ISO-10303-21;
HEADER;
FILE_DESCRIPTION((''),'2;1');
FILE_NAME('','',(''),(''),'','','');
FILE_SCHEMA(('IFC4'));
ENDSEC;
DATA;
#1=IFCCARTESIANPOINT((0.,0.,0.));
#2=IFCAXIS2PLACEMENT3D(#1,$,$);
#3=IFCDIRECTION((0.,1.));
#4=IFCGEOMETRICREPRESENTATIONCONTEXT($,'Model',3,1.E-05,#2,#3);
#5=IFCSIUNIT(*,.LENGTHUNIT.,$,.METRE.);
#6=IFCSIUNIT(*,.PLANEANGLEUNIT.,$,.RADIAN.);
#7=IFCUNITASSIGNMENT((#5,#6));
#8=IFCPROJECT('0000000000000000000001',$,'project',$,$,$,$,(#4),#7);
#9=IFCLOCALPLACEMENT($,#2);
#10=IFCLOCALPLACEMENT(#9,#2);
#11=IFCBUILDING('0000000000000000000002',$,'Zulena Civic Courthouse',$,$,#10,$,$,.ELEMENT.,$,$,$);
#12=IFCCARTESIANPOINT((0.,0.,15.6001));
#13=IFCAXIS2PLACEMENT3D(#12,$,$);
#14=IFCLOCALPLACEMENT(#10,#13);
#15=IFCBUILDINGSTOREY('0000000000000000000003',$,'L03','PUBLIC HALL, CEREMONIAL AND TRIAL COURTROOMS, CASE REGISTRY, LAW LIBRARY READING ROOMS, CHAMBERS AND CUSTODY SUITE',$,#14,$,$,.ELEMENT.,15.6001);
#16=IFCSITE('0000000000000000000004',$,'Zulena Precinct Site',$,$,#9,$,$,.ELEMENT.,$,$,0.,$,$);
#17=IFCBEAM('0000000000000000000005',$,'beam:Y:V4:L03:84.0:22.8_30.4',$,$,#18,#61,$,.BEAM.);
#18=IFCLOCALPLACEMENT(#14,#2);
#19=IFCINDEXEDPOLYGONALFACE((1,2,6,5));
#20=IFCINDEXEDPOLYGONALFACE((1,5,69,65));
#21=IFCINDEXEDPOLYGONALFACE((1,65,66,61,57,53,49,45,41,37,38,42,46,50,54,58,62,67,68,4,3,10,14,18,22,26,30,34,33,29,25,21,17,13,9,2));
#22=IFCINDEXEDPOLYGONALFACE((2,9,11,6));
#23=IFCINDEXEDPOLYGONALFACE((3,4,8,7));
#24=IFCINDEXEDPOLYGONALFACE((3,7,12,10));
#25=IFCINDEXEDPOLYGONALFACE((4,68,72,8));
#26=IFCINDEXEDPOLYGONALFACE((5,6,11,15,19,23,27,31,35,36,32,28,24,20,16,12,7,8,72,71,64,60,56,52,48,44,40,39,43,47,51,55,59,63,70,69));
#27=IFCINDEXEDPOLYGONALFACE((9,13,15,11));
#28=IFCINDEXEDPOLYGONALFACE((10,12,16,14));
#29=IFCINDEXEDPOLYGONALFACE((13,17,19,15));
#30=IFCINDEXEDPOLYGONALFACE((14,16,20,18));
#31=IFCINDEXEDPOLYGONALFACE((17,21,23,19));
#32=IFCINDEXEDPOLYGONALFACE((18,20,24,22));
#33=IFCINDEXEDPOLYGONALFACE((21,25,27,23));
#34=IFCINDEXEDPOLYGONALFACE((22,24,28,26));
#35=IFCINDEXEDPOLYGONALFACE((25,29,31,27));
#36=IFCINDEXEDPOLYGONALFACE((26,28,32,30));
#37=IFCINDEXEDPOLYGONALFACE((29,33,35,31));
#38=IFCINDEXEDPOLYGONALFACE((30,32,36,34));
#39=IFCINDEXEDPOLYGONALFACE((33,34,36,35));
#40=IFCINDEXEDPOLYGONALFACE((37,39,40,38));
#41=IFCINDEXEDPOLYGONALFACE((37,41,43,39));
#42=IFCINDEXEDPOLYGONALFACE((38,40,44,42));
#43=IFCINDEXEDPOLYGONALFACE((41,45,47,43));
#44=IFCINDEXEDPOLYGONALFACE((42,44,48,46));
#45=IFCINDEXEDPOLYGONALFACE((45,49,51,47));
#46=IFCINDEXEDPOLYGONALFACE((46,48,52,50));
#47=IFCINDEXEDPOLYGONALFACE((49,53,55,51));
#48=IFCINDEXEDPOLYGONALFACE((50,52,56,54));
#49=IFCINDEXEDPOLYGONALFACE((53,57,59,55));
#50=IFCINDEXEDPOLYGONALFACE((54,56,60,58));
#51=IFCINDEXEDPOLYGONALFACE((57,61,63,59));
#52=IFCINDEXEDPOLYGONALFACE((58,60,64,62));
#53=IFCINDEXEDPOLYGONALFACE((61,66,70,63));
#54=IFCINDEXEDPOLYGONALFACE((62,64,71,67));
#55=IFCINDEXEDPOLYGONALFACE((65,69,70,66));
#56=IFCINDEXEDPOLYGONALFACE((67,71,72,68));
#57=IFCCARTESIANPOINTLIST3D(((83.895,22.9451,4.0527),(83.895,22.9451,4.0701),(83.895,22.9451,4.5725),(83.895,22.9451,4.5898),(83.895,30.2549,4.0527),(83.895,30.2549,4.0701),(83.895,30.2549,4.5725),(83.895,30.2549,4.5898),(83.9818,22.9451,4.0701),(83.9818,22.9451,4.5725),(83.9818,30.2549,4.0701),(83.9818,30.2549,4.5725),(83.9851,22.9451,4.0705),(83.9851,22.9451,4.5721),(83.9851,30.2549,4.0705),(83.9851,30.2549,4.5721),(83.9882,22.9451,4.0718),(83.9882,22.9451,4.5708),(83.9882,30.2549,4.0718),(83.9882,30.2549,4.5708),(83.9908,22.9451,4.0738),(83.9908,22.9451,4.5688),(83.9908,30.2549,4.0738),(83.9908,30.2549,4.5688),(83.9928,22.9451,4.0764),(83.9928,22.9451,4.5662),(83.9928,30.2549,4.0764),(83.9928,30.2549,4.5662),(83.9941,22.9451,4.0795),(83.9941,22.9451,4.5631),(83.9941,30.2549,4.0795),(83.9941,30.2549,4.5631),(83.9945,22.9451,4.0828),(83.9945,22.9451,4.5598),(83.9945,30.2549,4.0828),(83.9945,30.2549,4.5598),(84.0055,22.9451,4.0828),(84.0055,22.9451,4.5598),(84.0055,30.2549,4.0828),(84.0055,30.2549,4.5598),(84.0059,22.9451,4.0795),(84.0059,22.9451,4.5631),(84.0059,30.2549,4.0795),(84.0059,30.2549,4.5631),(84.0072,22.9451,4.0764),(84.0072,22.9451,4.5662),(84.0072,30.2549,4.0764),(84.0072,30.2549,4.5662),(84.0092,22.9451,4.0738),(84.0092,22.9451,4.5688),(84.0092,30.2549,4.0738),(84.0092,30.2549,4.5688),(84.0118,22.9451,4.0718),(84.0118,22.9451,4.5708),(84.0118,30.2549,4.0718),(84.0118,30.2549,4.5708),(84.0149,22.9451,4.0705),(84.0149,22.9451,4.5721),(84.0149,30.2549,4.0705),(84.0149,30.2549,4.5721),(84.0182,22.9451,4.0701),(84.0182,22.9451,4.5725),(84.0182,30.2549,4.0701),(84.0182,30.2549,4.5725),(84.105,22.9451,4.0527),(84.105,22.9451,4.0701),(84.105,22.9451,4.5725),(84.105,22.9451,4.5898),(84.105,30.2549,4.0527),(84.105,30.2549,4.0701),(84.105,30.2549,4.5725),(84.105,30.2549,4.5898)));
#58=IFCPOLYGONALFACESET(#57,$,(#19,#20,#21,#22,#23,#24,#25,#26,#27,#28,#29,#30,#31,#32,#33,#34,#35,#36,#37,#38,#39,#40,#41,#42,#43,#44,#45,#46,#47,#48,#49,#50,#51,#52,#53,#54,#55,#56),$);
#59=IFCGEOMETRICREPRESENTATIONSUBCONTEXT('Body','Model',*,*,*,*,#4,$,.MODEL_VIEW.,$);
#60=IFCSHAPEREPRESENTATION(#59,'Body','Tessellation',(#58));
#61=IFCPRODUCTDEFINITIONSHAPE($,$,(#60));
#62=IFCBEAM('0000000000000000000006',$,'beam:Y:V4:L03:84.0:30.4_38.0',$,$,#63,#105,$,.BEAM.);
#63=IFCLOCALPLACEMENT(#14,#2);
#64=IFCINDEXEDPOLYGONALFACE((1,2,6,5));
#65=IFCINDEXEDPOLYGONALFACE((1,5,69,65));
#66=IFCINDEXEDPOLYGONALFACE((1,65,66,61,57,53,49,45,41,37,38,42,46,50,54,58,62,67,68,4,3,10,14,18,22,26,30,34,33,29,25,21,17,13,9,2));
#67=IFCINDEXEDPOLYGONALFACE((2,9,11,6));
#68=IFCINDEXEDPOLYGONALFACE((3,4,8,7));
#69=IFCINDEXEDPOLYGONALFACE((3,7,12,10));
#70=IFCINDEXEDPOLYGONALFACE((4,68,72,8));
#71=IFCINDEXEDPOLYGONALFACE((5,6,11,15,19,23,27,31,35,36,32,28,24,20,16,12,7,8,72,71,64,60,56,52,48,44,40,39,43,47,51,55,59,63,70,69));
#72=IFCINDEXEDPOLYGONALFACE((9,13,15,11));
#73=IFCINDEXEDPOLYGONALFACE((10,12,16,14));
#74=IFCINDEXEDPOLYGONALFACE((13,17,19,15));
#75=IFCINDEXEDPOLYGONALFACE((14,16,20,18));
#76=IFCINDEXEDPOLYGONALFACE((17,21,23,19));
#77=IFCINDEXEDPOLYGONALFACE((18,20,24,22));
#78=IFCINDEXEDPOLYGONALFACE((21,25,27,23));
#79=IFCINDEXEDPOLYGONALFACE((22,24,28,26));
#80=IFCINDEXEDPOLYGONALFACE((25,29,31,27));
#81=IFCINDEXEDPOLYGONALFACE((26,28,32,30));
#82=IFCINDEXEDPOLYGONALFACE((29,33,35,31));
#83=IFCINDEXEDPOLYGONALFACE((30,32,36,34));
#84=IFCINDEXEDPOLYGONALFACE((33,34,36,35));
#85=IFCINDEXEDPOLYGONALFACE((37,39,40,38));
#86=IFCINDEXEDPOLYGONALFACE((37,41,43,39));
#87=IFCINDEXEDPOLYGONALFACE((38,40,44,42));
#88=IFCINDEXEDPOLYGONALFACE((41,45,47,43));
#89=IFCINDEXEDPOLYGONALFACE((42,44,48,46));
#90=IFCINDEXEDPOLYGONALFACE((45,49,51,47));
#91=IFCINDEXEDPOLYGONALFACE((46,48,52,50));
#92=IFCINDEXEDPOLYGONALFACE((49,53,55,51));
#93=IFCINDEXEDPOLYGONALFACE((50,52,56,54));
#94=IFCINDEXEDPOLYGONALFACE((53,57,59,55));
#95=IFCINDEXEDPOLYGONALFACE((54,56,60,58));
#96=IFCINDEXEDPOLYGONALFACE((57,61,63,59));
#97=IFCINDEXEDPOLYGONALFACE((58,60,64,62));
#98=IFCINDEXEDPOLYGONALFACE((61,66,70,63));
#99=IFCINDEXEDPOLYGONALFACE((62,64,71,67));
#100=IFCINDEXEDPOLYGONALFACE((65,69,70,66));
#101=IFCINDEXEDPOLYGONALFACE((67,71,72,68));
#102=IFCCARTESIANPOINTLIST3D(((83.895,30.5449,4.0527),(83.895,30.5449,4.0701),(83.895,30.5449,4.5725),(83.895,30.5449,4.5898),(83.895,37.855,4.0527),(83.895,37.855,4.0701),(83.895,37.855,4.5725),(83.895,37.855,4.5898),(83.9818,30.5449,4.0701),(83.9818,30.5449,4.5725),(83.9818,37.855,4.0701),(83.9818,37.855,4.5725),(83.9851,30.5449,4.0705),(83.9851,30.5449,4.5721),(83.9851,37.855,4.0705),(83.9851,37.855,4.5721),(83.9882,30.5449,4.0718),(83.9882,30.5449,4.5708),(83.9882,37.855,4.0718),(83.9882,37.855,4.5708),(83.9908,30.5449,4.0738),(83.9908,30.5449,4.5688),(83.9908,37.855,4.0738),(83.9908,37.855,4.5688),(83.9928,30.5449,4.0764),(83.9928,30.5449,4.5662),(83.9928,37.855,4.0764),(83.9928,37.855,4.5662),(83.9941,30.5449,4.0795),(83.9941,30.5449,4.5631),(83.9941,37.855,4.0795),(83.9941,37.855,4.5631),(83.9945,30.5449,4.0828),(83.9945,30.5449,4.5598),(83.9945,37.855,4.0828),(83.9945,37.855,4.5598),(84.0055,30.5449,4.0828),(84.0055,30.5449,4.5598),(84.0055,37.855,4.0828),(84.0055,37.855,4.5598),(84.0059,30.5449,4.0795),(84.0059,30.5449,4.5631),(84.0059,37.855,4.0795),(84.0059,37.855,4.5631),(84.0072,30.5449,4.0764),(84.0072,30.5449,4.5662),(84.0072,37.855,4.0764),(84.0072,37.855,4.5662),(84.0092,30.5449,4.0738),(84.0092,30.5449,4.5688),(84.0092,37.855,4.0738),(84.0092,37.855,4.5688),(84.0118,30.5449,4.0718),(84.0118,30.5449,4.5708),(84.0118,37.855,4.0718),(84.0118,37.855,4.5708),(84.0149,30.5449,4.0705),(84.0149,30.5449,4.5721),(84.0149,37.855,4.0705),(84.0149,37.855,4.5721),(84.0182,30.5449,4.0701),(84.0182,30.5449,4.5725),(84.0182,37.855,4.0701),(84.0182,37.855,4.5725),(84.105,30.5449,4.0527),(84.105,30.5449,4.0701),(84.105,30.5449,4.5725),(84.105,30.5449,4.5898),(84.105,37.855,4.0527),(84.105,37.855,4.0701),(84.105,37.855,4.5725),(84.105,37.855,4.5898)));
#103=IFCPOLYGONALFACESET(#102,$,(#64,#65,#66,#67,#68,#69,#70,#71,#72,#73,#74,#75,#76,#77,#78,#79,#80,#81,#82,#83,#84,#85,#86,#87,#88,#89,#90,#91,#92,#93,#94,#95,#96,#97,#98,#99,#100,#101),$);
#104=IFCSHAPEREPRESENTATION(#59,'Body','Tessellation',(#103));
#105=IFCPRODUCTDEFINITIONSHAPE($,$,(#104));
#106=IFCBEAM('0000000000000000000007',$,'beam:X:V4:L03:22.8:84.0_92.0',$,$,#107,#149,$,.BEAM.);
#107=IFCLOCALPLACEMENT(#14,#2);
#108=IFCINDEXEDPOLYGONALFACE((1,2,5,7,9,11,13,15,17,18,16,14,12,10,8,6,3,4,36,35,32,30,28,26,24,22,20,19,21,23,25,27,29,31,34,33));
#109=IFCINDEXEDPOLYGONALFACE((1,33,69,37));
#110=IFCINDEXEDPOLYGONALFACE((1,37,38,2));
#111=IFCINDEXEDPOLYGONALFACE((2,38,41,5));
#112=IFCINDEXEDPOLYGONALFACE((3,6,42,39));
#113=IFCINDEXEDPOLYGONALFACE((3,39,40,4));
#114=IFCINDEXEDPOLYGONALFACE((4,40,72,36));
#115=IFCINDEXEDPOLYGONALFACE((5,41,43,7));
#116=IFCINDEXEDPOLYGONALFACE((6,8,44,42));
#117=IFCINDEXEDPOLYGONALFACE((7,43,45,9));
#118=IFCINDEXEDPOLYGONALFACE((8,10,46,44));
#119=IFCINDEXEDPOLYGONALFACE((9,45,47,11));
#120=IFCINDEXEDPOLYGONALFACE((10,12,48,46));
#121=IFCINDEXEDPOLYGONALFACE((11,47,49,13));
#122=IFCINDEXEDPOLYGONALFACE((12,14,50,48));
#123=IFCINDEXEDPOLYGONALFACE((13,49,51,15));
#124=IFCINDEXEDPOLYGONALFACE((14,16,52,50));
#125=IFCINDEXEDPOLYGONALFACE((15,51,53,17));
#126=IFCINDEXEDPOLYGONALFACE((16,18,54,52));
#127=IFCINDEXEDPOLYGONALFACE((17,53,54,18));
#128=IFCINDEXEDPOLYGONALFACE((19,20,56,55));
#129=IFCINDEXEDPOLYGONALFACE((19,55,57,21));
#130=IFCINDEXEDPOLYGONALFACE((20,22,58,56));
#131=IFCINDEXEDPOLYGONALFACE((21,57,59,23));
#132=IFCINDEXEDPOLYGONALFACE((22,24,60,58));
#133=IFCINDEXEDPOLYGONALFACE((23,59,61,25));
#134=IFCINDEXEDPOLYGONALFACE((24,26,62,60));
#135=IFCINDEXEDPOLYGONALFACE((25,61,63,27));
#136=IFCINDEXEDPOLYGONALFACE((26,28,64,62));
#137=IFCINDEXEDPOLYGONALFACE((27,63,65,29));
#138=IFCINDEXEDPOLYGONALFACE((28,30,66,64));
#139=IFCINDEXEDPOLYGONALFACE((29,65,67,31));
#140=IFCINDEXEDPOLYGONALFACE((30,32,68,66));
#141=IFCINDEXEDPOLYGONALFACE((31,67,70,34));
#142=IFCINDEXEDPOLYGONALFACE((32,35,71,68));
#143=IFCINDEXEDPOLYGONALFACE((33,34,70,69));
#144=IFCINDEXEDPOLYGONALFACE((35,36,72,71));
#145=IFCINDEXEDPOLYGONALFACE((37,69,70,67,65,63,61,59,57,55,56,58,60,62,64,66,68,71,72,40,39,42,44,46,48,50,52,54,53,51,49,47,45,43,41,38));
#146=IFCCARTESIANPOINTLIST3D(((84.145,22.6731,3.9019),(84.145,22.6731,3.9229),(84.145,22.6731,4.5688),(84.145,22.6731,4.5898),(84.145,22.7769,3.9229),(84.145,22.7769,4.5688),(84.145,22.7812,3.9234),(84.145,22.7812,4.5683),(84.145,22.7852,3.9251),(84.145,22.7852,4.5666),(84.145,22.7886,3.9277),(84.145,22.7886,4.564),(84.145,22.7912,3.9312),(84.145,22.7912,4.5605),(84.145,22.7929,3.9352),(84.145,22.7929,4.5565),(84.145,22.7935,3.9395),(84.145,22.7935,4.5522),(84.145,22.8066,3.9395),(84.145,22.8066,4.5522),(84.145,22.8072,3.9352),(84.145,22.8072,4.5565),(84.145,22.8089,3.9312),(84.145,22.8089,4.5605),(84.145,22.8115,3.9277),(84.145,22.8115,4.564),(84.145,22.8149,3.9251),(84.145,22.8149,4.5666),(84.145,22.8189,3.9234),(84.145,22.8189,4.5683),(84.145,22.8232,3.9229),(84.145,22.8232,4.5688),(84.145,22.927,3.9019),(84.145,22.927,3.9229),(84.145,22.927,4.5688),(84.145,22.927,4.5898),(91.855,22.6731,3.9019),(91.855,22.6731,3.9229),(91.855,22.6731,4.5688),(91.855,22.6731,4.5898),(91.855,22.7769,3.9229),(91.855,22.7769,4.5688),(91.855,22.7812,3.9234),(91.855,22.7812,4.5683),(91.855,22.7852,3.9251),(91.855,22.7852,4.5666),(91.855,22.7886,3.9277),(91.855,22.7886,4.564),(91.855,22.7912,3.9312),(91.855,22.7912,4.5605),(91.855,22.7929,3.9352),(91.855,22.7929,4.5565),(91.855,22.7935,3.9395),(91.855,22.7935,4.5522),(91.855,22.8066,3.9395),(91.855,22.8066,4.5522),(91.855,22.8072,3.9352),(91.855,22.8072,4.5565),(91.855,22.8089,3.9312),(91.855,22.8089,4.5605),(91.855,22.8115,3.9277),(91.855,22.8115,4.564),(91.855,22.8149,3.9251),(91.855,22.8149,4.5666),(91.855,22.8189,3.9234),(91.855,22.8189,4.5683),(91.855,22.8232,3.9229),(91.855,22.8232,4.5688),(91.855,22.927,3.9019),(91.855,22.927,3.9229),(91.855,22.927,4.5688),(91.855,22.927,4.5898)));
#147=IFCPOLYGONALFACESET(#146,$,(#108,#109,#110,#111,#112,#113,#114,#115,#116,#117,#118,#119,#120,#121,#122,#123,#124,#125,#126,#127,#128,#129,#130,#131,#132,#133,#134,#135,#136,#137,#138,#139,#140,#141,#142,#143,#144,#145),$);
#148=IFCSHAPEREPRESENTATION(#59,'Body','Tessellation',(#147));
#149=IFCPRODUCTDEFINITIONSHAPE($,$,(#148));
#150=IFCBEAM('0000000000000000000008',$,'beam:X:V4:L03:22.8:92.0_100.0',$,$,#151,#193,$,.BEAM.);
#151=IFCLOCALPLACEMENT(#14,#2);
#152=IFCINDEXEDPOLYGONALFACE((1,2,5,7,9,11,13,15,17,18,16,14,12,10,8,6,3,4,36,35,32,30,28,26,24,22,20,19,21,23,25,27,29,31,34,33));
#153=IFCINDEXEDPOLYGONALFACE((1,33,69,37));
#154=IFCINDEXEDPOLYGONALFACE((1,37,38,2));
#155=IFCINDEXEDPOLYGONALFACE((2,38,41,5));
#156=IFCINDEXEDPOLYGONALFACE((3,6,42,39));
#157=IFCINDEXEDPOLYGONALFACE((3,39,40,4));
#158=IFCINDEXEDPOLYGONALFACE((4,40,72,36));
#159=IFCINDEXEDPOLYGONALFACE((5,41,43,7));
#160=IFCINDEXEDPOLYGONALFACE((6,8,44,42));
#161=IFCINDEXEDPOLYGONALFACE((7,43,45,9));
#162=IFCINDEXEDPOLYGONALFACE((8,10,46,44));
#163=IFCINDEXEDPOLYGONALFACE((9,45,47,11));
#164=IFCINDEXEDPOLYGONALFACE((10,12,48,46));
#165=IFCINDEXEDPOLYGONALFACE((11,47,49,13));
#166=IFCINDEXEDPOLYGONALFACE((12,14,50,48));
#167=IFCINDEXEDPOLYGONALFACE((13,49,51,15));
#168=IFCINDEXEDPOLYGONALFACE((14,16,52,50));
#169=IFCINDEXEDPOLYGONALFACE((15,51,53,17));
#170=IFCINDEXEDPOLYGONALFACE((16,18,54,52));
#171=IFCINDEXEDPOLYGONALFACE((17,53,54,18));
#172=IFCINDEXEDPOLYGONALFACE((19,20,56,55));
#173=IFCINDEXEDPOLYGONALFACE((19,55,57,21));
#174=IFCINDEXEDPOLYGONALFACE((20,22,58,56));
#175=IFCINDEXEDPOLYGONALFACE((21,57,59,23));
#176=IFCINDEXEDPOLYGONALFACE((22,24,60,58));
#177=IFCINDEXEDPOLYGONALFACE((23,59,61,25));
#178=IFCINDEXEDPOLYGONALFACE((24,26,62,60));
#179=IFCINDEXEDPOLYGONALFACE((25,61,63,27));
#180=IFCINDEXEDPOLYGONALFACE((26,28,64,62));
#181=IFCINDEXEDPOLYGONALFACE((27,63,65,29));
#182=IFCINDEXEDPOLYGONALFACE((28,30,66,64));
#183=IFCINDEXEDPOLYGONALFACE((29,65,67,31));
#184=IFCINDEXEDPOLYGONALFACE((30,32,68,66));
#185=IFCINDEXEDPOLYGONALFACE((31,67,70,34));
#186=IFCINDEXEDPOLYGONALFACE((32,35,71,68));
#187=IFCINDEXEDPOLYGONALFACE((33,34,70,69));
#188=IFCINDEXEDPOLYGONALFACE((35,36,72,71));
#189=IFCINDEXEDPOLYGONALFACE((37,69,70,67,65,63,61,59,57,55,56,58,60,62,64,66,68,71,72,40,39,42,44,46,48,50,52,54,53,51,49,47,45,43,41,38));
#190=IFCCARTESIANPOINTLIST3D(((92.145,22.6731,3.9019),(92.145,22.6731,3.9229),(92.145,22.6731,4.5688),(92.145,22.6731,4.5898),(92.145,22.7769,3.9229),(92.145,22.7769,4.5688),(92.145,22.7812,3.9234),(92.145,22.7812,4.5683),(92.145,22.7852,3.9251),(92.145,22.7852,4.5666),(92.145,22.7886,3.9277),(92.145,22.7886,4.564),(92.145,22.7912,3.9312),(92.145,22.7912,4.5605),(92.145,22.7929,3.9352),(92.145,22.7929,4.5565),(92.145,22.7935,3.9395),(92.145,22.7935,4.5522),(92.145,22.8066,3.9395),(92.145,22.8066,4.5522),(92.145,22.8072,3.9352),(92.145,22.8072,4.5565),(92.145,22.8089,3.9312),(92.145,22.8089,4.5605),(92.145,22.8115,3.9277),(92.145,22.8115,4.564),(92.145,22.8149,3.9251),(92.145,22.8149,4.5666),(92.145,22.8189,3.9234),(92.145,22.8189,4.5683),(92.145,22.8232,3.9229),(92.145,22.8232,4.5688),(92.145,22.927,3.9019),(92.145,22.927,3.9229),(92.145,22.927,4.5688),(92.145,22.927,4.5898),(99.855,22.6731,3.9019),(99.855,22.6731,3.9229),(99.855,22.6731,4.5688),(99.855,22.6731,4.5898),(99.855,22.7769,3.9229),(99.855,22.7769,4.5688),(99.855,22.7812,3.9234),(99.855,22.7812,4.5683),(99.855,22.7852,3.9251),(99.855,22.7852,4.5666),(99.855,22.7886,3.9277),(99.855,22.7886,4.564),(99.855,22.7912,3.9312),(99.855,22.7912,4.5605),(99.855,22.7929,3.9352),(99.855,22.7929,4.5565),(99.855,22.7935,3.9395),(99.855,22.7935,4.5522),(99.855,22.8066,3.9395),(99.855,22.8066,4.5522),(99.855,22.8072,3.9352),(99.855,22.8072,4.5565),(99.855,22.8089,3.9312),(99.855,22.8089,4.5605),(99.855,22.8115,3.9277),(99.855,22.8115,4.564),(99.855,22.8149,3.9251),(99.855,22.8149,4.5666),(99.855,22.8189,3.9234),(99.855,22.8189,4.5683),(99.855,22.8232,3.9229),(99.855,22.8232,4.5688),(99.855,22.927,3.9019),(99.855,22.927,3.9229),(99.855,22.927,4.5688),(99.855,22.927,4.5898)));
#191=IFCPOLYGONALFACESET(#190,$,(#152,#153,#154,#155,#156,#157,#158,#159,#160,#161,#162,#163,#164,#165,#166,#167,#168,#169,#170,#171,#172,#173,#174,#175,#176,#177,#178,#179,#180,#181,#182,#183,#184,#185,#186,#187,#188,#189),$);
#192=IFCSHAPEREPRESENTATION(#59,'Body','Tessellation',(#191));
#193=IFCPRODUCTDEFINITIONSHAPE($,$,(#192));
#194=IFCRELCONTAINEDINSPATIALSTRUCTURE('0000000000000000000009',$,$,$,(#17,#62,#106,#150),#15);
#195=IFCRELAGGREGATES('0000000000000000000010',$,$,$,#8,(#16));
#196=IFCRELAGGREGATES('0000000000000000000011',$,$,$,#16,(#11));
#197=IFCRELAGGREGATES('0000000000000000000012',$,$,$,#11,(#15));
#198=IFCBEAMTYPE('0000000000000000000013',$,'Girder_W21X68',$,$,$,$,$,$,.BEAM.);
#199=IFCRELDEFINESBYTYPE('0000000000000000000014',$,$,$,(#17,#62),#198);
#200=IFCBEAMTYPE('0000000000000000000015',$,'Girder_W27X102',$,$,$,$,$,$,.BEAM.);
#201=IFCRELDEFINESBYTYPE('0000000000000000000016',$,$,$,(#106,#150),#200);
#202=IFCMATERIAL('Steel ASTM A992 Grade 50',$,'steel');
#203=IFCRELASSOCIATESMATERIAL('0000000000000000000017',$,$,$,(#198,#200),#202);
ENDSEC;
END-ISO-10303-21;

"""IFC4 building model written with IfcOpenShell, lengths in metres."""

from ifc_helpers import new_model, si_unit, direction, frame, origin, origin_2d, place, context, subcontext, project, spatial, i_section, extrude, material, material_profile, profile_set, type_object, element, save


model = new_model("IFC4")

# Units and contexts
model_context = context("Model", 3, precision=1e-05, world=origin(), true_north=direction((0.0, 1.0)))
body_context = subcontext(model_context, "Body", "Model", "MODEL_VIEW")
ifc_project = project(units=[si_unit("LENGTHUNIT", "METRE"), si_unit("PLANEANGLEUNIT", "RADIAN")], contexts=[model_context])

# Site, building, storey
site_placement = place(None, origin())
site = spatial("IfcSite", under=ifc_project, at=site_placement, Name="Zulena Precinct Site", CompositionType="ELEMENT", RefElevation=0.0)
building_placement = place(site_placement, origin())
building = spatial("IfcBuilding", under=site, at=building_placement, Name="Zulena Civic Courthouse", CompositionType="ELEMENT")
storey_placement = place(building_placement, frame((0.0, 0.0, 15.6001)))
storey = spatial("IfcBuildingStorey", under=building, at=storey_placement, Name="L03", Description="PUBLIC HALL, CEREMONIAL AND TRIAL COURTROOMS, CASE REGISTRY, LAW LIBRARY READING ROOMS, CHAMBERS AND CUSTODY SUITE", CompositionType="ELEMENT", Elevation=15.6001)

# Shared definitions
ifc_material_1 = material(Name="Steel ASTM A992 Grade 50", Category="steel")

# Beams
ifc_material_profile_1 = material_profile(ifc_material_1, i_section(OverallWidth=0.21, OverallDepth=0.5371, WebThickness=0.011, FlangeThickness=0.0173, FilletRadius=0.0127, at=origin_2d()), Name="W21X68")
ifc_profile_set_1 = profile_set([ifc_material_profile_1], Name="Steel ASTM A992 Grade 50")
beam_type_1 = type_object("IfcBeamType", Name="Girder_W21X68", PredefinedType="BEAM", material=ifc_profile_set_1)
beam_1_placement = place(storey_placement, frame((84.0, 22.9451, 4.3213), z_axis=(0.0, 1.0, 0.0), x_axis=(-1.0, 0.0, 0.0)))
element("IfcBeam", 1, at=beam_1_placement, inside=storey, type_object=beam_type_1, Name="beam:Y:V4:L03:84.0:22.8_30.4", PredefinedType="BEAM", context=body_context, shape_type="SweptSolid", body=[
    extrude(i_section(OverallWidth=0.21, OverallDepth=0.5371, WebThickness=0.011, FlangeThickness=0.0173, FilletRadius=0.0127, at=origin_2d()), origin(), (0.0, 0.0, 1.0), 7.3098),
])
beam_2_placement = place(storey_placement, frame((84.0, 30.5449, 4.3213), z_axis=(0.0, 1.0, 0.0), x_axis=(-1.0, 0.0, 0.0)))
element("IfcBeam", 2, at=beam_2_placement, inside=storey, type_object=beam_type_1, Name="beam:Y:V4:L03:84.0:30.4_38.0", PredefinedType="BEAM", context=body_context, shape_type="SweptSolid", body=[
    extrude(i_section(OverallWidth=0.21, OverallDepth=0.5371, WebThickness=0.011, FlangeThickness=0.0173, FilletRadius=0.0127, at=origin_2d()), origin(), (0.0, 0.0, 1.0), 7.3101),
])
ifc_material_profile_2 = material_profile(ifc_material_1, i_section(OverallWidth=0.2539, OverallDepth=0.688, WebThickness=0.0132, FlangeThickness=0.021, FilletRadius=0.0166, at=origin_2d()), Name="W27X102")
ifc_profile_set_2 = profile_set([ifc_material_profile_2], Name="Steel ASTM A992 Grade 50")
beam_type_2 = type_object("IfcBeamType", Name="Girder_W27X102", PredefinedType="BEAM", material=ifc_profile_set_2)
for number, where, z_axis, x_axis, name in (
    (3, (84.145, 22.8, 4.2458), (1.0, 0.0, 0.0), (0.0, 1.0, 0.0), "beam:X:V4:L03:22.8:84.0_92.0"),
    (4, (92.145, 22.8, 4.2458), (1.0, 0.0, 0.0), (0.0, 1.0, 0.0), "beam:X:V4:L03:22.8:92.0_100.0"),
):
    element("IfcBeam", number, at=place(storey_placement, frame(where, z_axis=z_axis, x_axis=x_axis)), inside=storey, type_object=beam_type_2, Name=name, PredefinedType="BEAM", context=body_context, shape_type="SweptSolid", body=[
        extrude(i_section(OverallWidth=0.2539, OverallDepth=0.688, WebThickness=0.0132, FlangeThickness=0.021, FilletRadius=0.0166, at=origin_2d()), origin(), (0.0, 0.0, 1.0), 7.71),
    ])

save(model, "model.ifc")
